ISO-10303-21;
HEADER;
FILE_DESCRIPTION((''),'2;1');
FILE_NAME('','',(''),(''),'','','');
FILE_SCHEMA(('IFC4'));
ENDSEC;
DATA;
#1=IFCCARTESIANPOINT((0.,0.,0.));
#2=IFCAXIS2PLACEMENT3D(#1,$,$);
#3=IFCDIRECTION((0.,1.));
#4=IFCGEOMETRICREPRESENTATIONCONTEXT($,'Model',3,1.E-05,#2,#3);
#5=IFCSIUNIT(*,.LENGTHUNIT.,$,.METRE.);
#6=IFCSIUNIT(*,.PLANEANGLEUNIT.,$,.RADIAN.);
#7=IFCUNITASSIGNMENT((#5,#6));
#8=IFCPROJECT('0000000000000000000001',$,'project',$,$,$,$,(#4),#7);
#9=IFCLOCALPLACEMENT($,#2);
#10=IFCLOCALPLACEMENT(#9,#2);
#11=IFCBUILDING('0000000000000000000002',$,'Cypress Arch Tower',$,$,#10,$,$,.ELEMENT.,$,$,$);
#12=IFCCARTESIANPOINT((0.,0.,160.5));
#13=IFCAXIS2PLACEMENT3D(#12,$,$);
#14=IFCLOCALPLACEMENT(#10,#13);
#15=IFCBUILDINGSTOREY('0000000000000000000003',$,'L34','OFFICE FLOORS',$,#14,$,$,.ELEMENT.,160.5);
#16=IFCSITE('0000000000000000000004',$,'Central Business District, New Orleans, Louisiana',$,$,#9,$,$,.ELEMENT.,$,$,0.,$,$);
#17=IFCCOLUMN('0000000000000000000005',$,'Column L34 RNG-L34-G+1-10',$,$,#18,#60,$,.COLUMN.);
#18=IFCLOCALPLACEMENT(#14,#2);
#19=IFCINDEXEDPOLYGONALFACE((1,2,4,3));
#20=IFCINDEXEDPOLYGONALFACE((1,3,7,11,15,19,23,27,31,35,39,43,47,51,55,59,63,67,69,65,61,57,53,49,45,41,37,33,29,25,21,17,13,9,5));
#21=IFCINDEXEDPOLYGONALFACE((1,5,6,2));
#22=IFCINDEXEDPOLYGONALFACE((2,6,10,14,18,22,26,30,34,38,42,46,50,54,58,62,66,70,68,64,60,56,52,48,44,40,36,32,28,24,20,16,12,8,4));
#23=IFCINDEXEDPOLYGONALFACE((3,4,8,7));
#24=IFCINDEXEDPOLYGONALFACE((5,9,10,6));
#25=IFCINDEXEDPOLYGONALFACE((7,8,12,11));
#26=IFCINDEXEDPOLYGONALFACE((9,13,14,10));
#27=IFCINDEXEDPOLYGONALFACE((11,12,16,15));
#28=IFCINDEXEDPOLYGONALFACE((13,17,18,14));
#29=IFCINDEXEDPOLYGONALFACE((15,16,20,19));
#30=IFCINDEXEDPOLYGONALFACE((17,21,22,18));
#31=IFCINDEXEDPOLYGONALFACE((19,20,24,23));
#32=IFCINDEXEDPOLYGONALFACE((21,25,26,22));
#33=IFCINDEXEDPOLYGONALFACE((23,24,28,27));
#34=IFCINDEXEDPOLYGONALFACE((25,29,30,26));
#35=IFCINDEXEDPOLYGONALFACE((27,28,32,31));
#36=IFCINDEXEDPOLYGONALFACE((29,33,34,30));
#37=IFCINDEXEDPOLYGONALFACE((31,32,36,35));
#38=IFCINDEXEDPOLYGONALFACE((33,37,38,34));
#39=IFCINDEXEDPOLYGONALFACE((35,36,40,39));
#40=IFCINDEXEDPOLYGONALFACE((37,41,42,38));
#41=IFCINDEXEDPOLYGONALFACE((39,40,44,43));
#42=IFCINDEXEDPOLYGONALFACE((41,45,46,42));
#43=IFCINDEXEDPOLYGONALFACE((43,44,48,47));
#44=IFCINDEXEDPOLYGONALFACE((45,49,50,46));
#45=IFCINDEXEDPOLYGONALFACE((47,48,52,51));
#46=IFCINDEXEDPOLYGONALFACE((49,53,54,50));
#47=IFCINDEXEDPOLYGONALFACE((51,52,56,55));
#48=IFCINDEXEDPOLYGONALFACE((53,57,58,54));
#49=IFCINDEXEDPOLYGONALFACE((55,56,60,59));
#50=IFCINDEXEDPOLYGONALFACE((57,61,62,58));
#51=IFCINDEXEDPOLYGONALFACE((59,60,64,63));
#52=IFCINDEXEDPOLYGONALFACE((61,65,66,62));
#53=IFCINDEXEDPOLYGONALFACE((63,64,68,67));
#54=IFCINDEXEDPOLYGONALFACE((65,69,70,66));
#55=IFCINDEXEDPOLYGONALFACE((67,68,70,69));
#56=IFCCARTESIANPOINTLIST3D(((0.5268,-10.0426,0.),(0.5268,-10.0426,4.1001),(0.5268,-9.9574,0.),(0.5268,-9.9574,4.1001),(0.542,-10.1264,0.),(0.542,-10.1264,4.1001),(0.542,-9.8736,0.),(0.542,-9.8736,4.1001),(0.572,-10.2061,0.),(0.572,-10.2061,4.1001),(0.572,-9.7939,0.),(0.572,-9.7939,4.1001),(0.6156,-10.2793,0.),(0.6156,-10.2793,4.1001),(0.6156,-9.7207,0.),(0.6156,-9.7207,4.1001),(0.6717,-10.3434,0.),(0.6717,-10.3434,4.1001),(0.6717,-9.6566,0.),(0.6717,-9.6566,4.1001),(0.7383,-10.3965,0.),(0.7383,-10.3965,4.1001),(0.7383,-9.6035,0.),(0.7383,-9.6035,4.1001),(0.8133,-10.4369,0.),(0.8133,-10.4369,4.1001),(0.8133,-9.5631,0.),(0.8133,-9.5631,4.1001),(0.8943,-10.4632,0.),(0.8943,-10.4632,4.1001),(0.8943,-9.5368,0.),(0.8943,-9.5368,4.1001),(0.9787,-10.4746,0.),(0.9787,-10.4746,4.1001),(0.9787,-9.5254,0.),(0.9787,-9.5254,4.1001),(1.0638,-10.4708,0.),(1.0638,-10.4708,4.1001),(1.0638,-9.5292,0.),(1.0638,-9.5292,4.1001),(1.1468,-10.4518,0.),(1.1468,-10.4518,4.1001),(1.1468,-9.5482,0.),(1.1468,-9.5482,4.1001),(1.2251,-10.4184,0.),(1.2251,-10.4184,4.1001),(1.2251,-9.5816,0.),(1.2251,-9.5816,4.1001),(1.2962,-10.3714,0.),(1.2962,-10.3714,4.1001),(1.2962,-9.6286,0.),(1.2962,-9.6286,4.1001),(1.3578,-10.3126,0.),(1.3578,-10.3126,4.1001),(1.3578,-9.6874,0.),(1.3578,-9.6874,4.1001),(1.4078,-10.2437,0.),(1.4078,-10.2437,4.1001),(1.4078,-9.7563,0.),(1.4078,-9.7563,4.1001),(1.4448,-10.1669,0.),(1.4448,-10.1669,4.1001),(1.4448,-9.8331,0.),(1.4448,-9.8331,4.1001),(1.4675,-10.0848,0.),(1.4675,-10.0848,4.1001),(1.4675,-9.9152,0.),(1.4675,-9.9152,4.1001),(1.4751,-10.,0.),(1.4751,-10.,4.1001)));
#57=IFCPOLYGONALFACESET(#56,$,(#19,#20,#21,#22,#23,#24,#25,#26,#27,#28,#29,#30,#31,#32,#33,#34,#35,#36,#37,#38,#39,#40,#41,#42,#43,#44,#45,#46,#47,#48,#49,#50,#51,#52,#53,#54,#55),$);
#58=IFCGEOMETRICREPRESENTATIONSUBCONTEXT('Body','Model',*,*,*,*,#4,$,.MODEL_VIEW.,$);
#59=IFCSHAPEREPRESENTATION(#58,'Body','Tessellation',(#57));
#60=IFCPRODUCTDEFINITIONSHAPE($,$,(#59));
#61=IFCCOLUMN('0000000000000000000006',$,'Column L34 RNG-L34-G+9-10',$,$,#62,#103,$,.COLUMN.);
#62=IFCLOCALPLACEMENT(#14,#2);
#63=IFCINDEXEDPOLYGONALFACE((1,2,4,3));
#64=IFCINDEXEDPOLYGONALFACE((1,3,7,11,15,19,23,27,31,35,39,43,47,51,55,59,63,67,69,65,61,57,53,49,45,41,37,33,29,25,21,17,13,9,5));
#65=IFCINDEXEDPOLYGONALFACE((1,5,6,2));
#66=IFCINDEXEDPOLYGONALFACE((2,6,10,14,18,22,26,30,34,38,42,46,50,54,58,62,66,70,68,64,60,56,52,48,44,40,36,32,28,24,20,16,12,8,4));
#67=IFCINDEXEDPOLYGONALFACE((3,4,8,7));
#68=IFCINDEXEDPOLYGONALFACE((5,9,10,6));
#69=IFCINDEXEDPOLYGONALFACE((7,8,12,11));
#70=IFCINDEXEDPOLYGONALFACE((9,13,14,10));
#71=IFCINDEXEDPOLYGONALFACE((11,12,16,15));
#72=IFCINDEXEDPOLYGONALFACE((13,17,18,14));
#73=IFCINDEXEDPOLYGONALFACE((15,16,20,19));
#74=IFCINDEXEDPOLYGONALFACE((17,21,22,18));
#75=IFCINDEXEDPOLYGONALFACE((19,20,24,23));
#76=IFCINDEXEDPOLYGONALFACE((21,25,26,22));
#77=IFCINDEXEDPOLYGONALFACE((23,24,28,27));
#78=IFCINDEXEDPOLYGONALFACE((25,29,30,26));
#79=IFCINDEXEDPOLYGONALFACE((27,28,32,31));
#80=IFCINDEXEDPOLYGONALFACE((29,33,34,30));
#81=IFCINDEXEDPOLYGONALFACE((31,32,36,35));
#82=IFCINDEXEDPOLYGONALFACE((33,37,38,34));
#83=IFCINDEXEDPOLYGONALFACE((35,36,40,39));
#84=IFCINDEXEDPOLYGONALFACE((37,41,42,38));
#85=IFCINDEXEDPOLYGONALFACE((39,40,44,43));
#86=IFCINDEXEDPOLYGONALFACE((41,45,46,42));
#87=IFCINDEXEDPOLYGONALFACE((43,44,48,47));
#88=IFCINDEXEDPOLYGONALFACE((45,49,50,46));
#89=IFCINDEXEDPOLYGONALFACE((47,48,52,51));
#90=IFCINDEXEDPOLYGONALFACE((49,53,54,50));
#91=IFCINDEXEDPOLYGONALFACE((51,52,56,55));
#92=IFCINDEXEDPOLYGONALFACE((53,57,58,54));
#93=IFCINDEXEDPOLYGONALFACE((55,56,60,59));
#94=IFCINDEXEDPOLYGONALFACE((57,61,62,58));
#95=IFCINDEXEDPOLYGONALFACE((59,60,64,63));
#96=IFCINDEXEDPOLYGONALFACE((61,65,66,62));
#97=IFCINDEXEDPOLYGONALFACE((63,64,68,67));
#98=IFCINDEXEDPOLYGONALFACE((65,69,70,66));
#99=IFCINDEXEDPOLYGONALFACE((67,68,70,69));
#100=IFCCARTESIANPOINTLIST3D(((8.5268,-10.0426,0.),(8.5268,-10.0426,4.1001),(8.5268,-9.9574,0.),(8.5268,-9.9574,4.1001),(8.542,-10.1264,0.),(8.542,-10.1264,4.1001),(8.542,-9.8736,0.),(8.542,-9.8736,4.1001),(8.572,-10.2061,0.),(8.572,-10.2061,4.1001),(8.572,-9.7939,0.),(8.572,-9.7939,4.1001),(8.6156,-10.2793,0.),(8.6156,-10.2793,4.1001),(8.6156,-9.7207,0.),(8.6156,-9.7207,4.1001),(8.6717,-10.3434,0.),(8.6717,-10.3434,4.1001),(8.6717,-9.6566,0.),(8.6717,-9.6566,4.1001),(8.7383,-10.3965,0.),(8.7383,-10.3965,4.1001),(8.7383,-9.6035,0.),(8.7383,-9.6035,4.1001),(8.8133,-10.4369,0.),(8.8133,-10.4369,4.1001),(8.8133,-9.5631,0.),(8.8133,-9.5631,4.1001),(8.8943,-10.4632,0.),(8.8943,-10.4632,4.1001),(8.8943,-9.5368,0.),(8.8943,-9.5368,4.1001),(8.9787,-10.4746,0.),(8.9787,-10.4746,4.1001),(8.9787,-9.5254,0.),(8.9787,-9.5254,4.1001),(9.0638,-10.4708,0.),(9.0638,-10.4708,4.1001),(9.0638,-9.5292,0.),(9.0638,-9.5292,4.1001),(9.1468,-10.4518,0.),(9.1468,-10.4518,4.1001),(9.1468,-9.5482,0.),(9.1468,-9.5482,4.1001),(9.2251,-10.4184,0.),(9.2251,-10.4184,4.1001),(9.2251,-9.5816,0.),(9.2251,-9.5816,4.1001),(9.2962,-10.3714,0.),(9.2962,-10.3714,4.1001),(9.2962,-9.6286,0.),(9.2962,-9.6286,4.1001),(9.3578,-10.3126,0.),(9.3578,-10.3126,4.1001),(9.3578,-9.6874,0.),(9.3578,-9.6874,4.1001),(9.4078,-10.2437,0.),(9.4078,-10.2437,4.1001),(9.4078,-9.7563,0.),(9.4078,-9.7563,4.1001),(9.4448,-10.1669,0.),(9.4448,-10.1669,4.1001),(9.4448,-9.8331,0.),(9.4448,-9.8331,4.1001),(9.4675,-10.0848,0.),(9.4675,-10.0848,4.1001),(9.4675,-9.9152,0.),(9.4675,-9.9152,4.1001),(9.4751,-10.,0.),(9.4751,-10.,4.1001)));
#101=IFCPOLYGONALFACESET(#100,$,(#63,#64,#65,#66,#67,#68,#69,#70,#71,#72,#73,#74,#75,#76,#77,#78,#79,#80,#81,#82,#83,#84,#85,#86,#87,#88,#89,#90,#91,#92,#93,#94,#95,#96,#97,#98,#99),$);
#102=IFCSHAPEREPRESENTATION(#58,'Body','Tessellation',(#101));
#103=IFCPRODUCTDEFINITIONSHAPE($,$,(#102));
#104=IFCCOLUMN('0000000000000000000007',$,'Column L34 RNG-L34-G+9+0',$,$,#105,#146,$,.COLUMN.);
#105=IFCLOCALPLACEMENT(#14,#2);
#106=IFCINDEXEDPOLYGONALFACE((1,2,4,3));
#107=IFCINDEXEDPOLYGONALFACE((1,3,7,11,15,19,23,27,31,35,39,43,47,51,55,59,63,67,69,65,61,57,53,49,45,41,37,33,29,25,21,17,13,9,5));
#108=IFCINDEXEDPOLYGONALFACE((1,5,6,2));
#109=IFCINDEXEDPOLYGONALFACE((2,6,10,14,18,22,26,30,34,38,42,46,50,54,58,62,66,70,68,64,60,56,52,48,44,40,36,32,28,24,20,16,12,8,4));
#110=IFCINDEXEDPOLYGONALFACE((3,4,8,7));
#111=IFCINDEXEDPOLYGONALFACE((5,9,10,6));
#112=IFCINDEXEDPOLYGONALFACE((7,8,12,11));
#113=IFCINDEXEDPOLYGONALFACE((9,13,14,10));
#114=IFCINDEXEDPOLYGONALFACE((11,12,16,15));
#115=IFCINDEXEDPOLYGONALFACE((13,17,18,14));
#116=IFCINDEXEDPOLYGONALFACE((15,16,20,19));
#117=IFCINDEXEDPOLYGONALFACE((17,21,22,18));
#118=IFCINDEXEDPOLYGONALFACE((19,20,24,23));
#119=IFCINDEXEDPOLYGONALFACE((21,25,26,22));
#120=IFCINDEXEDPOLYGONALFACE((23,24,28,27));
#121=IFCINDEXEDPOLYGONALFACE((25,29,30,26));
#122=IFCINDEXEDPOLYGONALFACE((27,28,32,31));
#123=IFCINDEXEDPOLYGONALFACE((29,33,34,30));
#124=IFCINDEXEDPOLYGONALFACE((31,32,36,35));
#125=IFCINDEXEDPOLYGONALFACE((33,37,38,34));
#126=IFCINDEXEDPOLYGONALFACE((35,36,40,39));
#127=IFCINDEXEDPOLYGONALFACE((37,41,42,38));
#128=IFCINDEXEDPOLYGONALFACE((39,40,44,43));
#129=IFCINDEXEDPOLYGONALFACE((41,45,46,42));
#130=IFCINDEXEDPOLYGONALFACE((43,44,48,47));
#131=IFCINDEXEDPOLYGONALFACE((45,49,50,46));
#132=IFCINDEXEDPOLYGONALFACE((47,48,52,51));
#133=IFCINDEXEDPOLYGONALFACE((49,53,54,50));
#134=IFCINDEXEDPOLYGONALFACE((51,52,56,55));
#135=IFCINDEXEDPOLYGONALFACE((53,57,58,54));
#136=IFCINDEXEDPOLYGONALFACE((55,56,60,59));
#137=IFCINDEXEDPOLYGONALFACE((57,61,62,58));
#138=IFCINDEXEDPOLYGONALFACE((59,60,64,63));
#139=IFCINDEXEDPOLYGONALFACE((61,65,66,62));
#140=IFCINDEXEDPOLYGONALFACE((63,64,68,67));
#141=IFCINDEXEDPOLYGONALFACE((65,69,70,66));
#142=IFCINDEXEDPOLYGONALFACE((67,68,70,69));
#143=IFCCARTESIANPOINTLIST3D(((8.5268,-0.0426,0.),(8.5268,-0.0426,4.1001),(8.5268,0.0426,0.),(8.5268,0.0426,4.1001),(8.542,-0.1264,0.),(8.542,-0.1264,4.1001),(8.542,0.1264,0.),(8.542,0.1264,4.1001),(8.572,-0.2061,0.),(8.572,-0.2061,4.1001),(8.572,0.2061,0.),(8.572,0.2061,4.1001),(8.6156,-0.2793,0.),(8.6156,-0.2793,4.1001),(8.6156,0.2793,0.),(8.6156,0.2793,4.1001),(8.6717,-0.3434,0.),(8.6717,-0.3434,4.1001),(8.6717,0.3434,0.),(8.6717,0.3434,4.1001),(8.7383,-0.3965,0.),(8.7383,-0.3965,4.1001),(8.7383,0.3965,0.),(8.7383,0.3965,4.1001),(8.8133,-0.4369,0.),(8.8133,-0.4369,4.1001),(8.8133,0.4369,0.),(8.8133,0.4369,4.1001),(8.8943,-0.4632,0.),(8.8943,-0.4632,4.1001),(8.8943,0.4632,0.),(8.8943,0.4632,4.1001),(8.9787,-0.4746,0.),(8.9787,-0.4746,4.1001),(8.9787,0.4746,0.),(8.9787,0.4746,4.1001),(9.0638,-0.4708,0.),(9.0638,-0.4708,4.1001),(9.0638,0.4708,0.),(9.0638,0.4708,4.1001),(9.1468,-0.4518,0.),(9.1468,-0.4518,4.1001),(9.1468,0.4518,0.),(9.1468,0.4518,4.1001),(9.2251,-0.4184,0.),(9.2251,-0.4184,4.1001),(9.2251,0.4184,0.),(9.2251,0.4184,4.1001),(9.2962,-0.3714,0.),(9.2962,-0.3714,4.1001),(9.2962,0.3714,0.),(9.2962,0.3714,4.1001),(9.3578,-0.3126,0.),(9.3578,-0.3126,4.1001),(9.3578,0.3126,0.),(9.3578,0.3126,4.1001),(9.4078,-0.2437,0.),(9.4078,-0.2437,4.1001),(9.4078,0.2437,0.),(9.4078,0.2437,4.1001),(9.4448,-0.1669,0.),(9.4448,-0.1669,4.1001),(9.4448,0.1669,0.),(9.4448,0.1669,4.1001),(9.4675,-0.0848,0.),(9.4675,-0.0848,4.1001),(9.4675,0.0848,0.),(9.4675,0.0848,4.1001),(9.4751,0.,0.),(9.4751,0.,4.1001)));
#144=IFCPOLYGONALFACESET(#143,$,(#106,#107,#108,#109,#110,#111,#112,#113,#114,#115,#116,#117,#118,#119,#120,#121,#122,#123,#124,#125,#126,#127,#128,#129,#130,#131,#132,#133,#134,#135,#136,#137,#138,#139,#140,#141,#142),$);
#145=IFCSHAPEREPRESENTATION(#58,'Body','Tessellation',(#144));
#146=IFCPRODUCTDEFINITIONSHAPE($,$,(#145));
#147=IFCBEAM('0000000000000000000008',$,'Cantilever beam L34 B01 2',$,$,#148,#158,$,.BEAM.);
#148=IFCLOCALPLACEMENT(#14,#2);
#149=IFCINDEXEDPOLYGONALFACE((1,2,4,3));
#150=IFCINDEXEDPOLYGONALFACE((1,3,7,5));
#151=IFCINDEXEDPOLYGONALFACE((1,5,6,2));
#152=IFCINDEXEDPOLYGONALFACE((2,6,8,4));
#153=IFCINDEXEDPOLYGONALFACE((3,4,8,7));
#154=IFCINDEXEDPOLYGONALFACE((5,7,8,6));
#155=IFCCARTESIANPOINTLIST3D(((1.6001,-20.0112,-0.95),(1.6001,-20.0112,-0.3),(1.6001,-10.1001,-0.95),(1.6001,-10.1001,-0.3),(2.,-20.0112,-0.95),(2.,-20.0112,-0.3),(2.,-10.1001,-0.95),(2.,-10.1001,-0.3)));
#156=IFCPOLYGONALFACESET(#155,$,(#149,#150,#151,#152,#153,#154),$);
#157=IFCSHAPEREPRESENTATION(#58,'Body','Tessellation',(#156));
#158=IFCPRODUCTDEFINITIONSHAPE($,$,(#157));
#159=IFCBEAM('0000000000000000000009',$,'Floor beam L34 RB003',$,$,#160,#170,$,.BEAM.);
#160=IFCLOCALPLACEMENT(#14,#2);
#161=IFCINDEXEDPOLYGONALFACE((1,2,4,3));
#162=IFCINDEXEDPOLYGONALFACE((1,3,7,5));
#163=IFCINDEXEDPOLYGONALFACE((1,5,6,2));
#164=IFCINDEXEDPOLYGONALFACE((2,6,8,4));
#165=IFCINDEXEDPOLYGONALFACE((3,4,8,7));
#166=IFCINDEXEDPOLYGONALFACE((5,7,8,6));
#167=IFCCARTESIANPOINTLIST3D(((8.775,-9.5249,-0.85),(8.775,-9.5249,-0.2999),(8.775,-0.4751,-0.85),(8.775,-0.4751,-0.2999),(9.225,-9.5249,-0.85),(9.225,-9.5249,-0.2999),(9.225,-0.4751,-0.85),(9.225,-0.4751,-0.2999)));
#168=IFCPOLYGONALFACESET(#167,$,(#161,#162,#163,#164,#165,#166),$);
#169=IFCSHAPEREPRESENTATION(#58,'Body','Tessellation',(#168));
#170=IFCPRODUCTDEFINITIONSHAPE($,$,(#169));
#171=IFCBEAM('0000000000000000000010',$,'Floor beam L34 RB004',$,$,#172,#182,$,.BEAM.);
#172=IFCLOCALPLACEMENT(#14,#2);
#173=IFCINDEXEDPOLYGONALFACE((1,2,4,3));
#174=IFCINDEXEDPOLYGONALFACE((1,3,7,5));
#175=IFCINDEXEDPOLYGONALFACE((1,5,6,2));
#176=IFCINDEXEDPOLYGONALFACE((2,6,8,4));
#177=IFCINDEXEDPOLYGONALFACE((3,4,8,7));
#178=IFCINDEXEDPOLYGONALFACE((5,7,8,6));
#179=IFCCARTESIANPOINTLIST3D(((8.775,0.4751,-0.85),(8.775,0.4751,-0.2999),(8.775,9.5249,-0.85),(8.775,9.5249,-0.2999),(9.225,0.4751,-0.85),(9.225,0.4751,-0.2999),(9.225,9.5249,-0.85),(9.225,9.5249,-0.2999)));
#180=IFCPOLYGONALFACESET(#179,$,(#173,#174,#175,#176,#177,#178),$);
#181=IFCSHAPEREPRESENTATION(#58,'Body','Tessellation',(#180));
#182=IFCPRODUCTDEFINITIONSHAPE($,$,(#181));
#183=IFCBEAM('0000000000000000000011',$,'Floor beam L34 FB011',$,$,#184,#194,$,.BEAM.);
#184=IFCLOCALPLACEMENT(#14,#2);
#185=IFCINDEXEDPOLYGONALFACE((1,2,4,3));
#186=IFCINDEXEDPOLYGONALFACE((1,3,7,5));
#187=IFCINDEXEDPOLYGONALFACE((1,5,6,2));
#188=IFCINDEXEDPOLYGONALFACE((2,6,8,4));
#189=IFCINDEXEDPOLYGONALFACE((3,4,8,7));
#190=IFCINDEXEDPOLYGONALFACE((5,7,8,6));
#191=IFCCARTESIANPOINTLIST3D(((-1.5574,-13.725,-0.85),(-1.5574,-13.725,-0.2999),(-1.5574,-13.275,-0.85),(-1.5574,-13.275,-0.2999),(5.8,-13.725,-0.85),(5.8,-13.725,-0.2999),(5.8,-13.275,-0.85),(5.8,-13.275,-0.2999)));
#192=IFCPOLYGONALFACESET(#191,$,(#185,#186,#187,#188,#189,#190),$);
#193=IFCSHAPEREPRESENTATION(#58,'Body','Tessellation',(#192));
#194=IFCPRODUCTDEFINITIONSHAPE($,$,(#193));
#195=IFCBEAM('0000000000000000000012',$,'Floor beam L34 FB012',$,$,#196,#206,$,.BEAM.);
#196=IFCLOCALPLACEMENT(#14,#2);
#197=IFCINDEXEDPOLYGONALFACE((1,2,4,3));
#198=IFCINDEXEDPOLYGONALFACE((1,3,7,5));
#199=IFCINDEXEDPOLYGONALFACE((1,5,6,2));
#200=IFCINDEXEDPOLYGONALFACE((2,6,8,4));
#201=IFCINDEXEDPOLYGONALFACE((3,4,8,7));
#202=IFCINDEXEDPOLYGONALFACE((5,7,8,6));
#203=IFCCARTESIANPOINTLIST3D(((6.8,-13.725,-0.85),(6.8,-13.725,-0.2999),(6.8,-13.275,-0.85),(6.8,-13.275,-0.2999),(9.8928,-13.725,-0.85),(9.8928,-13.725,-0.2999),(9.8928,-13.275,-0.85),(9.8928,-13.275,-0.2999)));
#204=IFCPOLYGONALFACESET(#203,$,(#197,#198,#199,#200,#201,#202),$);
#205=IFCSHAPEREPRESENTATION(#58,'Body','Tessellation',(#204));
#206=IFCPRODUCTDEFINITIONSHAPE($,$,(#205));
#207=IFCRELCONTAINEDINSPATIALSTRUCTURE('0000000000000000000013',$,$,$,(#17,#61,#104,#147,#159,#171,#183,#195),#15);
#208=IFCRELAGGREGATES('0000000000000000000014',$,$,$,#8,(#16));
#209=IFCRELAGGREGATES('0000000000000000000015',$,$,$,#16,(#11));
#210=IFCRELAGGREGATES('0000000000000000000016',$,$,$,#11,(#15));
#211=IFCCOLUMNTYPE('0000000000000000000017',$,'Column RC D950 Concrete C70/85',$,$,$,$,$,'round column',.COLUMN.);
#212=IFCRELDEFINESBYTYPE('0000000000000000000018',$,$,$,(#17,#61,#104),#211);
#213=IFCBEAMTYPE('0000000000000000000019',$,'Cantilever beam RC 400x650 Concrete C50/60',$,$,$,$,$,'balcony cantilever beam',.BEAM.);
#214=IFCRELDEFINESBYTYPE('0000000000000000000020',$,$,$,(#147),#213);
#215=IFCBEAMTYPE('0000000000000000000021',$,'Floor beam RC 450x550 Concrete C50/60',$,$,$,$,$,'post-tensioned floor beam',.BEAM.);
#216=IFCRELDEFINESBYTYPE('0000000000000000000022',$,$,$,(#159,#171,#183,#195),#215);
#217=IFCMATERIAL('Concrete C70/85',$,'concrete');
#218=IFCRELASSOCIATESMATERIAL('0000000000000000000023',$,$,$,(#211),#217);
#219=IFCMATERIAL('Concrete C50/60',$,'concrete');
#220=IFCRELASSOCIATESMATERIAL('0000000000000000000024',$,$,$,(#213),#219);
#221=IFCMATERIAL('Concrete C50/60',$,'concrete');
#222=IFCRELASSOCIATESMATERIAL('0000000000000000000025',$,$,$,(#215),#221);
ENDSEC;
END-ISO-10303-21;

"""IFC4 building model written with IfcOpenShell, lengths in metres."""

from ifc_helpers import new_model, si_unit, direction, frame, origin, origin_2d, place, context, subcontext, project, spatial, rectangle, circle, extrude, material, material_profile, profile_set, type_object, element, save


model = new_model("IFC4")

# Units and contexts
model_context = context("Model", 3, precision=1e-05, world=origin(), true_north=direction((0.0, 1.0)))
body_context = subcontext(model_context, "Body", "Model", "MODEL_VIEW")
ifc_project = project(units=[si_unit("LENGTHUNIT", "METRE"), si_unit("PLANEANGLEUNIT", "RADIAN")], contexts=[model_context])

# Site, building, storey
site_placement = place(None, origin())
site = spatial("IfcSite", under=ifc_project, at=site_placement, Name="Central Business District, New Orleans, Louisiana", CompositionType="ELEMENT", RefElevation=0.0)
building_placement = place(site_placement, origin())
building = spatial("IfcBuilding", under=site, at=building_placement, Name="Cypress Arch Tower", CompositionType="ELEMENT")
storey_placement = place(building_placement, frame((0.0, 0.0, 160.5)))
storey = spatial("IfcBuildingStorey", under=building, at=storey_placement, Name="L34", Description="OFFICE FLOORS", CompositionType="ELEMENT", Elevation=160.5)

# Columns
ifc_material_1 = material(Name="Concrete C70/85", Category="concrete")
ifc_material_profile_1 = material_profile(ifc_material_1, circle(Radius=0.4751, at=origin_2d()), Name="RC D950")
ifc_profile_set_1 = profile_set([ifc_material_profile_1], Name="Concrete C70/85")
column_type = type_object("IfcColumnType", Name="Column RC D950 Concrete C70/85", ElementType="round column", PredefinedType="COLUMN", material=ifc_profile_set_1)
for number, where, z_axis, x_axis, name in (
    (1, (1.0, -10.0, 0.0), (0.0, 0.0, 1.0), (1.0, 0.0, 0.0), "Column L34 RNG-L34-G+1-10"),
    (2, (9.0, -10.0, 0.0), (0.0, 0.0, 1.0), (1.0, 0.0, 0.0), "Column L34 RNG-L34-G+9-10"),
    (3, (9.0, 0.0, 0.0), (0.0, 0.0, 1.0), (1.0, 0.0, 0.0), "Column L34 RNG-L34-G+9+0"),
):
    element("IfcColumn", number, at=place(storey_placement, frame(where, z_axis=z_axis, x_axis=x_axis)), inside=storey, type_object=column_type, Name=name, PredefinedType="COLUMN", context=body_context, shape_type="SweptSolid", body=[
        extrude(circle(Radius=0.4751, at=origin_2d()), origin(), (0.0, 0.0, 1.0), 4.1001),
    ])

# Beams
ifc_material_2 = material(Name="Concrete C50/60", Category="concrete")
ifc_material_profile_2 = material_profile(ifc_material_2, rectangle(XDim=0.3999, YDim=0.6499, at=origin_2d()), Name="RC 400x650")
ifc_profile_set_2 = profile_set([ifc_material_profile_2], Name="Concrete C50/60")
beam_type_1 = type_object("IfcBeamType", Name="Cantilever beam RC 400x650 Concrete C50/60", ElementType="balcony cantilever beam", PredefinedType="BEAM", material=ifc_profile_set_2)
beam_1_placement = place(storey_placement, frame((1.8, -10.1001, -0.625), z_axis=(0.0, -1.0, 0.0), x_axis=(1.0, 0.0, 0.0)))
element("IfcBeam", 4, at=beam_1_placement, inside=storey, type_object=beam_type_1, Name="Cantilever beam L34 B01 2", PredefinedType="BEAM", context=body_context, shape_type="SweptSolid", body=[
    extrude(rectangle(XDim=0.3999, YDim=0.6499, at=origin_2d()), origin(), (0.0, 0.0, 1.0), 9.9111),
])
ifc_material_3 = material(Name="Concrete C50/60", Category="concrete")
ifc_material_profile_3 = material_profile(ifc_material_3, rectangle(XDim=0.45, YDim=0.55, at=origin_2d()), Name="RC 450x550")
ifc_profile_set_3 = profile_set([ifc_material_profile_3], Name="Concrete C50/60")
beam_type_2 = type_object("IfcBeamType", Name="Floor beam RC 450x550 Concrete C50/60", ElementType="post-tensioned floor beam", PredefinedType="BEAM", material=ifc_profile_set_3)
for number, where, z_axis, x_axis, name in (
    (5, (9.0, -9.5249, -0.575), (0.0, 1.0, 0.0), (-1.0, 0.0, 0.0), "Floor beam L34 RB003"),
    (6, (9.0, 0.4751, -0.575), (0.0, 1.0, 0.0), (-1.0, 0.0, 0.0), "Floor beam L34 RB004"),
):
    element("IfcBeam", number, at=place(storey_placement, frame(where, z_axis=z_axis, x_axis=x_axis)), inside=storey, type_object=beam_type_2, Name=name, PredefinedType="BEAM", context=body_context, shape_type="SweptSolid", body=[
        extrude(rectangle(XDim=0.45, YDim=0.55, at=origin_2d()), origin(), (0.0, 0.0, 1.0), 9.0498),
    ])
beam_2_placement = place(storey_placement, frame((-1.5574, -13.5, -0.575), z_axis=(1.0, 0.0, 0.0), x_axis=(0.0, 1.0, 0.0)))
element("IfcBeam", 7, at=beam_2_placement, inside=storey, type_object=beam_type_2, Name="Floor beam L34 FB011", PredefinedType="BEAM", context=body_context, shape_type="SweptSolid", body=[
    extrude(rectangle(XDim=0.45, YDim=0.55, at=origin_2d()), origin(), (0.0, 0.0, 1.0), 7.3574),
])
beam_3_placement = place(storey_placement, frame((6.8, -13.5, -0.575), z_axis=(1.0, 0.0, 0.0), x_axis=(0.0, 1.0, 0.0)))
element("IfcBeam", 8, at=beam_3_placement, inside=storey, type_object=beam_type_2, Name="Floor beam L34 FB012", PredefinedType="BEAM", context=body_context, shape_type="SweptSolid", body=[
    extrude(rectangle(XDim=0.45, YDim=0.55, at=origin_2d()), origin(), (0.0, 0.0, 1.0), 3.0928),
])

save(model, "model.ifc")
